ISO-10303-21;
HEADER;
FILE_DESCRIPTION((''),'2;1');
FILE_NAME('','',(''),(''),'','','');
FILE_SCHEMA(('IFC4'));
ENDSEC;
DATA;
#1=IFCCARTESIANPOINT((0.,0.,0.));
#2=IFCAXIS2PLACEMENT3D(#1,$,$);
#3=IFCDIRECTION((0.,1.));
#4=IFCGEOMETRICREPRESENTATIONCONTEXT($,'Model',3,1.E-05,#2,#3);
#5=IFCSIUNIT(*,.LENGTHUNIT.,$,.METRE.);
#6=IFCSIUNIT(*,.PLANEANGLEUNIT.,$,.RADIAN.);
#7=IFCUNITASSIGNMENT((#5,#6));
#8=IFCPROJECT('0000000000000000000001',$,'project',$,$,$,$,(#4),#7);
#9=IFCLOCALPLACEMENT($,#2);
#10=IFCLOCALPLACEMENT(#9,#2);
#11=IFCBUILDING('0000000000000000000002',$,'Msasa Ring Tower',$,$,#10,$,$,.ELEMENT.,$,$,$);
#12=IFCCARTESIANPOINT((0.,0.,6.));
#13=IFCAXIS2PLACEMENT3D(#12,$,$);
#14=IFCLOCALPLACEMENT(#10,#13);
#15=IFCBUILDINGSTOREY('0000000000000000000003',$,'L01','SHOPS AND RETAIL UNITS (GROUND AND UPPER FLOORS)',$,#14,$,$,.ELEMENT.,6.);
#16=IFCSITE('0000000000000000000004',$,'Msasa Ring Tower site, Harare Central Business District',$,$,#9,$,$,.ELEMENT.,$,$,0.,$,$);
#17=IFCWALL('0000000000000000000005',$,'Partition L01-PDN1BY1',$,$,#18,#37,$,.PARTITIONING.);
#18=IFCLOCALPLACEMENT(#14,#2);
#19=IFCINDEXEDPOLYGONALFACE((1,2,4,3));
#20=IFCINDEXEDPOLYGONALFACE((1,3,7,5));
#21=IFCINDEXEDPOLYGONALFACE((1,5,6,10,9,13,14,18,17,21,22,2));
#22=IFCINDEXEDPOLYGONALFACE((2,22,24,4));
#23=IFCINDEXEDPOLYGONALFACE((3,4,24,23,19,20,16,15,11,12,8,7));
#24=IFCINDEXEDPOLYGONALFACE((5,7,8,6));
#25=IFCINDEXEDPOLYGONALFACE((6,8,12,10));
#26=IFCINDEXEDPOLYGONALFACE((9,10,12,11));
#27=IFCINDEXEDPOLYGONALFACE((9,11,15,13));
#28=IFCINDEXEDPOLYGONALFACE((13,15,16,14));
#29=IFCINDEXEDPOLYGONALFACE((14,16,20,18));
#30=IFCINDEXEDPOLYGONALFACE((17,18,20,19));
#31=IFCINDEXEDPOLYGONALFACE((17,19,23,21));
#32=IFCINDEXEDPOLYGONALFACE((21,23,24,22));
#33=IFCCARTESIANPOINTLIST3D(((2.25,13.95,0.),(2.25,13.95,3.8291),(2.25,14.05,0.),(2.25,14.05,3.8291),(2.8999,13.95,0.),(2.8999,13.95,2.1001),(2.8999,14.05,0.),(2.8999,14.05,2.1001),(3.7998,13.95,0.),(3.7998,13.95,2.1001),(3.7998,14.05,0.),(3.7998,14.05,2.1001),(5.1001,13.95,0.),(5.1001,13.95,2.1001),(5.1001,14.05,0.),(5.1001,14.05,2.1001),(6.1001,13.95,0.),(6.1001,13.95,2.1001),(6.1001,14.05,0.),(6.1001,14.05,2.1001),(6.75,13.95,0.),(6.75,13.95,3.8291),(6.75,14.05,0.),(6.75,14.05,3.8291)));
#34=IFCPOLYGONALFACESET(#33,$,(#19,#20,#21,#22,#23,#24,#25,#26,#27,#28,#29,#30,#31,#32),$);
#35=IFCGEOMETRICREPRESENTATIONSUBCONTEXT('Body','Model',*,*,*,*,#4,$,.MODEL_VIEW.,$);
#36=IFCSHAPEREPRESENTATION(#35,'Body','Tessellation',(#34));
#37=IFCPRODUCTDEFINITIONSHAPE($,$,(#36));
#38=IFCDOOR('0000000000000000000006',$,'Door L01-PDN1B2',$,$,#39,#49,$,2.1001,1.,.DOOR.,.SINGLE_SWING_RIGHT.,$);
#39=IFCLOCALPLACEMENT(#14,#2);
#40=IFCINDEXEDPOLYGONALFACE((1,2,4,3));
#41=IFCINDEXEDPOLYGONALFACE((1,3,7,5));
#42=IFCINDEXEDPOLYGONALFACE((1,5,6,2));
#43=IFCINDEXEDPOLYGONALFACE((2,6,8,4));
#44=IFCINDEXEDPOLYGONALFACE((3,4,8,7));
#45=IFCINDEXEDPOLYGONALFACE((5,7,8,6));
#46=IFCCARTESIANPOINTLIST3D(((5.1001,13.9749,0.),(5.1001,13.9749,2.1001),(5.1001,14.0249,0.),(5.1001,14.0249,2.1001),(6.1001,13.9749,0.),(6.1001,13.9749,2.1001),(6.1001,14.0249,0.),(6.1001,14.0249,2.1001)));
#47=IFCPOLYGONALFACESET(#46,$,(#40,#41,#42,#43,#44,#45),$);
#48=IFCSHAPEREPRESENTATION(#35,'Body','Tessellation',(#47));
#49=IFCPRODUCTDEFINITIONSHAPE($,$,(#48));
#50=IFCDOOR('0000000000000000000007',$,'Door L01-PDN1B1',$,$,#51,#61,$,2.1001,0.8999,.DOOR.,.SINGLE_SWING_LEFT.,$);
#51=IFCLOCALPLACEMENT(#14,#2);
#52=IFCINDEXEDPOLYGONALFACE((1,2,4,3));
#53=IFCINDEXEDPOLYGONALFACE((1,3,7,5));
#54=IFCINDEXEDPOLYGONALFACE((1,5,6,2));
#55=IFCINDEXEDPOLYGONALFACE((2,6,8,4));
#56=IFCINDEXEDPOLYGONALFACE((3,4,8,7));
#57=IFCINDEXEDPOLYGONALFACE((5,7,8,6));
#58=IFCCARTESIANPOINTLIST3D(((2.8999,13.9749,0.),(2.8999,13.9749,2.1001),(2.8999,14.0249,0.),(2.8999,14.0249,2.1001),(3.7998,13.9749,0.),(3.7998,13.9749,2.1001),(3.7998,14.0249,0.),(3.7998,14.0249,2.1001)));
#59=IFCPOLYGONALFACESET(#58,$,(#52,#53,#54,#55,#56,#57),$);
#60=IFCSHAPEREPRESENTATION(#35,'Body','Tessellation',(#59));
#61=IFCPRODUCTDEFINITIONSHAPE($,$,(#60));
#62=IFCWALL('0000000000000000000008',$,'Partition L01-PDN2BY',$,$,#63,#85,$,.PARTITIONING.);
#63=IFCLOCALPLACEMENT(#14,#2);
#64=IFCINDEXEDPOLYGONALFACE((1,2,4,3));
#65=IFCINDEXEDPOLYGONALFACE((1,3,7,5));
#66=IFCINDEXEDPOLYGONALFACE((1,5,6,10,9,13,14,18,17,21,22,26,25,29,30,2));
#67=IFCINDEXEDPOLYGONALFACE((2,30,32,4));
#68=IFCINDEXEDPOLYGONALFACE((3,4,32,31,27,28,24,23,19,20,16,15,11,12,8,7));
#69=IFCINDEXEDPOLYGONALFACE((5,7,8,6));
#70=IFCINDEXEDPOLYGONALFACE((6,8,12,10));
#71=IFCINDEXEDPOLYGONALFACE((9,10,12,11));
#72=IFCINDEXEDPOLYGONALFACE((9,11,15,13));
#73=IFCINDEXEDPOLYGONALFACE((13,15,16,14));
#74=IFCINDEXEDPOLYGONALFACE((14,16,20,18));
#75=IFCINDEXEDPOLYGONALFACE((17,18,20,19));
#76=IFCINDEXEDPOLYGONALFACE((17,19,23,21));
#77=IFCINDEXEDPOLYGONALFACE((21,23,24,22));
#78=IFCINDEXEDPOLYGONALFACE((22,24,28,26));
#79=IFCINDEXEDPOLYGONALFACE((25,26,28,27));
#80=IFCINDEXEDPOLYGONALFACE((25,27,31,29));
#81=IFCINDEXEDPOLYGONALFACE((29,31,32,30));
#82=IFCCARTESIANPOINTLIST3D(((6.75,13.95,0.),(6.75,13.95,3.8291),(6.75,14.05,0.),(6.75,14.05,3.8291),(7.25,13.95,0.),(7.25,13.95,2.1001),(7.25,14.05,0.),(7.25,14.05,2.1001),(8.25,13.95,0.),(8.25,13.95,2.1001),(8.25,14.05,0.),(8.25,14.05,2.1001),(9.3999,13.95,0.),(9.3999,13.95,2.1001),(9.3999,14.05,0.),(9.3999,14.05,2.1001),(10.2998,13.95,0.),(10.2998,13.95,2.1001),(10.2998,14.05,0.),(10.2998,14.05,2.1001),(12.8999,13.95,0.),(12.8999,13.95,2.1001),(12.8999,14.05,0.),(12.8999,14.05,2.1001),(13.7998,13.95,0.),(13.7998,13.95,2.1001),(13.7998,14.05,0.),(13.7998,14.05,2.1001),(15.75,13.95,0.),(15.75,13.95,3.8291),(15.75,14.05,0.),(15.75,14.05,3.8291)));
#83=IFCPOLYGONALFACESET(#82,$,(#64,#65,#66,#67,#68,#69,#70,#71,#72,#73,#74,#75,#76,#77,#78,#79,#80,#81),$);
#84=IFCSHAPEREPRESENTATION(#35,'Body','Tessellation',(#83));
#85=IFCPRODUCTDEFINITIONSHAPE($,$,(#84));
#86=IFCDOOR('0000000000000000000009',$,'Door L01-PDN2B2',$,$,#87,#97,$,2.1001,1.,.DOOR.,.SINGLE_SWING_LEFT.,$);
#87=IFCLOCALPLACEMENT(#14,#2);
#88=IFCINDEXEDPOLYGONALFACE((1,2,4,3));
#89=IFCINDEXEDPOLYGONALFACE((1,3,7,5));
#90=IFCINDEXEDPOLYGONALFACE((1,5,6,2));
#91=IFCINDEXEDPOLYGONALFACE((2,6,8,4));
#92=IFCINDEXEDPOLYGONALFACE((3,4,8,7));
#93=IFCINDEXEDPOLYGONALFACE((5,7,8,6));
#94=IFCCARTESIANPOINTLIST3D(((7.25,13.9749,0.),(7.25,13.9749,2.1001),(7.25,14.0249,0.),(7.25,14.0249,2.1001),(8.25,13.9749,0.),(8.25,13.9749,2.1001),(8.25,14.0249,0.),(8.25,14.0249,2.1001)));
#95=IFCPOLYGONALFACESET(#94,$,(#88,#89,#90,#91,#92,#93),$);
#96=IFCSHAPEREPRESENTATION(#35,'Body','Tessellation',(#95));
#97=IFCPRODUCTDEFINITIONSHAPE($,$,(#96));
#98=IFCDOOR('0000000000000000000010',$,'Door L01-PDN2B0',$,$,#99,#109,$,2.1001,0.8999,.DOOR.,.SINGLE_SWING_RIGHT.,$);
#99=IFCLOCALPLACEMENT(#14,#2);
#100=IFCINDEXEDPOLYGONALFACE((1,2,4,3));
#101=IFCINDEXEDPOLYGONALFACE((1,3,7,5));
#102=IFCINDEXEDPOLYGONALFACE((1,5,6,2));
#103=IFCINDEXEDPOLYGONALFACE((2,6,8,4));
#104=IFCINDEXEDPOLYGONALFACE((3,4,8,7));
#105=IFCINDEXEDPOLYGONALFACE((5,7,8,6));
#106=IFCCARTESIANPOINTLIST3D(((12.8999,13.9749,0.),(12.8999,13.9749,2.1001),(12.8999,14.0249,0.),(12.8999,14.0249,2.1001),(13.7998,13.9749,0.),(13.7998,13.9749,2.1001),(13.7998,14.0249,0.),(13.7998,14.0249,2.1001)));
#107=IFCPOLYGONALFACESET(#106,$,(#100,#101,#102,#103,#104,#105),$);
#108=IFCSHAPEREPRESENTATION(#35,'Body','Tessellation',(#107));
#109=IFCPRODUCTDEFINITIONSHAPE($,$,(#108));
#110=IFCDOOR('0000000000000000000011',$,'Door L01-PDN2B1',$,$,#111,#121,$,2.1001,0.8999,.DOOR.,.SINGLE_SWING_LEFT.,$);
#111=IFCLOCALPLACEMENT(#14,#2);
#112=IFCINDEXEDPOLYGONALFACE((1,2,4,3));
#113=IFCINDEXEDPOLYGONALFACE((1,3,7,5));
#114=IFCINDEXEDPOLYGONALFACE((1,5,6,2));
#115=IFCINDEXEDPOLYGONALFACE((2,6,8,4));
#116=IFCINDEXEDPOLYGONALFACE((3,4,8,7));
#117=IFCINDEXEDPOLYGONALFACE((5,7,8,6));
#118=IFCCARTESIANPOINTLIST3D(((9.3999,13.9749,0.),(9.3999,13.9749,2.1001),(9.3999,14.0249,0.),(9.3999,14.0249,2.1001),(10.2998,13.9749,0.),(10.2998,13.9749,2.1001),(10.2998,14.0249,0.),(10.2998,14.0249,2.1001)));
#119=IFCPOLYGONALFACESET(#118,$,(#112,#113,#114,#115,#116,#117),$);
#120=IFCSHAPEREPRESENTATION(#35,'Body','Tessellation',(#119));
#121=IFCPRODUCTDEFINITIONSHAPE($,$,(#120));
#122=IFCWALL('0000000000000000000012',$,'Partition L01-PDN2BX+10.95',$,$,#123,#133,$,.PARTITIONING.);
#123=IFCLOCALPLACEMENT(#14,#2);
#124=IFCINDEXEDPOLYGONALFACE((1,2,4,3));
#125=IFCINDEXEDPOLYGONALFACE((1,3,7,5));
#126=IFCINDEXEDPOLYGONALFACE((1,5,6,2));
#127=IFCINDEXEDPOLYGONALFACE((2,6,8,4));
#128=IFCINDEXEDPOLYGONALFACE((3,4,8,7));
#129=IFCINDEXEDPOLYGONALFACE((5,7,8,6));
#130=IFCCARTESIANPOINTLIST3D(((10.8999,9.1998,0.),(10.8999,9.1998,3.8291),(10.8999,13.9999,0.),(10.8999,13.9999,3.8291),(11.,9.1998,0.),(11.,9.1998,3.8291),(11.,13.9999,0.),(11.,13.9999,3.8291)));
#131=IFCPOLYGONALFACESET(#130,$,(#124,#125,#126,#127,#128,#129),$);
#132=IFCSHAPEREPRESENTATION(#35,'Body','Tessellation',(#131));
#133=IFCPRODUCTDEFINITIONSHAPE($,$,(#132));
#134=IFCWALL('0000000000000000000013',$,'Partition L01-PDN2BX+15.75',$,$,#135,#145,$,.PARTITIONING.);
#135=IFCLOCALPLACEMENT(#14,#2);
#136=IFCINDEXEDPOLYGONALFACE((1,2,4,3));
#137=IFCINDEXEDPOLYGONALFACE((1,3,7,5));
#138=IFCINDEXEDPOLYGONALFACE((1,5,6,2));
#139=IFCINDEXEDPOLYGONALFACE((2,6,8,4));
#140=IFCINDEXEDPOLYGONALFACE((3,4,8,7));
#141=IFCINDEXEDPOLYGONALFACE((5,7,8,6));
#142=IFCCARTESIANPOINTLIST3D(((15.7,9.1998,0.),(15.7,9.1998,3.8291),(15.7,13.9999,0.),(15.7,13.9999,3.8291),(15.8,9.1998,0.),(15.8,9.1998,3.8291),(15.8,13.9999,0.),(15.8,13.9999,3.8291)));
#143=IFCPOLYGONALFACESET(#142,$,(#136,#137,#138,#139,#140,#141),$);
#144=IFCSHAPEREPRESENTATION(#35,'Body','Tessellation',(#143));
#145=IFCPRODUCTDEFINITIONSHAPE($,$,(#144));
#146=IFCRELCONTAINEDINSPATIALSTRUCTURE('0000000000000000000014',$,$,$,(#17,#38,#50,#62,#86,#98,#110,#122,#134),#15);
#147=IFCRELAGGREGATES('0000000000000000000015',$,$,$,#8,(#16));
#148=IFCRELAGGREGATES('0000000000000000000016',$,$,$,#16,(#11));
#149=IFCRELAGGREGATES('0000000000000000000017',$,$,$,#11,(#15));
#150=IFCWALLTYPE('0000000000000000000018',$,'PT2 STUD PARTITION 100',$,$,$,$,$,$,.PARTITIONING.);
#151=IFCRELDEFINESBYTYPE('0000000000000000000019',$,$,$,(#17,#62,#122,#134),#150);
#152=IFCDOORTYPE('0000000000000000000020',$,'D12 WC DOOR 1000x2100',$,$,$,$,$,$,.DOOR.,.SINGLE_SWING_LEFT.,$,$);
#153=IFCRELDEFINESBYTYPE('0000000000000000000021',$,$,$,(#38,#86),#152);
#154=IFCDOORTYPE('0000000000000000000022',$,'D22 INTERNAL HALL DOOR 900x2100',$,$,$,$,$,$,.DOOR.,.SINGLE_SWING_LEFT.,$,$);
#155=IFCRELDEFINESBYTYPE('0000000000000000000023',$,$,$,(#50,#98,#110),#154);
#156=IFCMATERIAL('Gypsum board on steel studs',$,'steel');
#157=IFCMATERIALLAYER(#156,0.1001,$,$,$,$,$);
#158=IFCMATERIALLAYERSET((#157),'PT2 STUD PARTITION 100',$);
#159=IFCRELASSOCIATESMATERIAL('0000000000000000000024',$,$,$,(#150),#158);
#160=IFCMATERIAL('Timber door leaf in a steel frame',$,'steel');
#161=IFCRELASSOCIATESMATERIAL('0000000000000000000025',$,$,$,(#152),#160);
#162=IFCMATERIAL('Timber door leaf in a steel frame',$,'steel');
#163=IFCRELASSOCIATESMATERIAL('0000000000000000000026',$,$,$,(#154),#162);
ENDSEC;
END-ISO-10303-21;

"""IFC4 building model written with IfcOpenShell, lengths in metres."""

from ifc_helpers import new_model, si_unit, direction, frame, frame_2d, origin, place, context, subcontext, project, spatial, rectangle, extrude, material, layer, layer_set, type_object, element, fill, save


model = new_model("IFC4")

# Units and contexts
model_context = context("Model", 3, precision=1e-05, world=origin(), true_north=direction((0.0, 1.0)))
body_context = subcontext(model_context, "Body", "Model", "MODEL_VIEW")
ifc_project = project(units=[si_unit("LENGTHUNIT", "METRE"), si_unit("PLANEANGLEUNIT", "RADIAN")], contexts=[model_context])

# Site, building, storey
site_placement = place(None, origin())
site = spatial("IfcSite", under=ifc_project, at=site_placement, Name="Msasa Ring Tower site, Harare Central Business District", CompositionType="ELEMENT", RefElevation=0.0)
building_placement = place(site_placement, origin())
building = spatial("IfcBuilding", under=site, at=building_placement, Name="Msasa Ring Tower", CompositionType="ELEMENT")
storey_placement = place(building_placement, frame((0.0, 0.0, 6.0)))
storey = spatial("IfcBuildingStorey", under=building, at=storey_placement, Name="L01", Description="SHOPS AND RETAIL UNITS (GROUND AND UPPER FLOORS)", CompositionType="ELEMENT", Elevation=6.0)

# Walls, openings, doors
ifc_material_1 = material(Name="Gypsum board on steel studs", Category="steel")
ifc_layer = layer(ifc_material_1, 0.1001)
ifc_layer_set = layer_set([ifc_layer], Name="PT2 STUD PARTITION 100")
wall_type = type_object("IfcWallType", Name="PT2 STUD PARTITION 100", PredefinedType="PARTITIONING", material=ifc_layer_set)
wall_1_placement = place(storey_placement, frame((2.25, 14.0, 0.0), z_axis=(0.0, 0.0, 1.0), x_axis=(1.0, 0.0, 0.0)))
wall_1 = element("IfcWall", 1, at=wall_1_placement, inside=storey, type_object=wall_type, Name="Partition L01-PDN1BY1", PredefinedType="PARTITIONING", context=body_context, shape_type="SweptSolid", body=[
    extrude(rectangle(XDim=4.5, YDim=0.1001, at=frame_2d((2.25, 0.0))), origin(), (0.0, 0.0, 1.0), 3.8291),
])
opening_1_placement = place(wall_1_placement, frame((0.6499, 0.0, 0.0)))
opening_1 = element("IfcOpeningElement", 2, at=opening_1_placement, cuts=wall_1, PredefinedType="OPENING", context=body_context, shape_type="SweptSolid", body=[
    extrude(rectangle(XDim=0.8999, YDim=2.1001, at=frame_2d((0.45, 1.05))), frame((0.0, 0.0601, 0.0), z_axis=(0.0, -1.0, 0.0), x_axis=(1.0, 0.0, 0.0)), (0.0, 0.0, 1.0), 0.1201),
])
opening_2_placement = place(wall_1_placement, frame((2.8501, 0.0, 0.0)))
opening_2 = element("IfcOpeningElement", 3, at=opening_2_placement, cuts=wall_1, PredefinedType="OPENING", context=body_context, shape_type="SweptSolid", body=[
    extrude(rectangle(XDim=1.0, YDim=2.1001, at=frame_2d((0.5, 1.05))), frame((0.0, 0.0601, 0.0), z_axis=(0.0, -1.0, 0.0), x_axis=(1.0, 0.0, 0.0)), (0.0, 0.0, 1.0), 0.1201),
])
ifc_material_2 = material(Name="Timber door leaf in a steel frame", Category="steel")
door_type_1 = type_object("IfcDoorType", Name="D12 WC DOOR 1000x2100", OperationType="SINGLE_SWING_LEFT", PredefinedType="DOOR", material=ifc_material_2)
door_1_placement = place(opening_2_placement, origin())
door_1 = element("IfcDoor", 4, at=door_1_placement, inside=storey, type_object=door_type_1, Name="Door L01-PDN1B2", OperationType="SINGLE_SWING_RIGHT", OverallHeight=2.1001, OverallWidth=1.0, PredefinedType="DOOR", context=body_context, shape_type="SweptSolid", body=[
    extrude(rectangle(XDim=1.0, YDim=2.1001, at=frame_2d((0.5, 1.05))), frame((0.0, 0.0249, 0.0), z_axis=(0.0, -1.0, 0.0), x_axis=(1.0, 0.0, 0.0)), (0.0, 0.0, 1.0), 0.05),
])
fill(opening_2, door_1)
ifc_material_3 = material(Name="Timber door leaf in a steel frame", Category="steel")
door_type_2 = type_object("IfcDoorType", Name="D22 INTERNAL HALL DOOR 900x2100", OperationType="SINGLE_SWING_LEFT", PredefinedType="DOOR", material=ifc_material_3)
door_2_placement = place(opening_1_placement, origin())
door_2 = element("IfcDoor", 5, at=door_2_placement, inside=storey, type_object=door_type_2, Name="Door L01-PDN1B1", OperationType="SINGLE_SWING_LEFT", OverallHeight=2.1001, OverallWidth=0.8999, PredefinedType="DOOR", context=body_context, shape_type="SweptSolid", body=[
    extrude(rectangle(XDim=0.8999, YDim=2.1001, at=frame_2d((0.45, 1.05))), frame((0.0, 0.0249, 0.0), z_axis=(0.0, -1.0, 0.0), x_axis=(1.0, 0.0, 0.0)), (0.0, 0.0, 1.0), 0.05),
])
fill(opening_1, door_2)
wall_2_placement = place(storey_placement, frame((6.75, 14.0, 0.0), z_axis=(0.0, 0.0, 1.0), x_axis=(1.0, 0.0, 0.0)))
wall_2 = element("IfcWall", 6, at=wall_2_placement, inside=storey, type_object=wall_type, Name="Partition L01-PDN2BY", PredefinedType="PARTITIONING", context=body_context, shape_type="SweptSolid", body=[
    extrude(rectangle(XDim=9.0, YDim=0.1001, at=frame_2d((4.5, 0.0))), origin(), (0.0, 0.0, 1.0), 3.8291),
])
opening_3_placement = place(wall_2_placement, frame((6.1499, 0.0, 0.0)))
opening_3 = element("IfcOpeningElement", 7, at=opening_3_placement, cuts=wall_2, PredefinedType="OPENING", context=body_context, shape_type="SweptSolid", body=[
    extrude(rectangle(XDim=0.8999, YDim=2.1001, at=frame_2d((0.45, 1.05))), frame((0.0, 0.0601, 0.0), z_axis=(0.0, -1.0, 0.0), x_axis=(1.0, 0.0, 0.0)), (0.0, 0.0, 1.0), 0.1201),
])
opening_4_placement = place(wall_2_placement, frame((2.6499, 0.0, 0.0)))
opening_4 = element("IfcOpeningElement", 8, at=opening_4_placement, cuts=wall_2, PredefinedType="OPENING", context=body_context, shape_type="SweptSolid", body=[
    extrude(rectangle(XDim=0.8999, YDim=2.1001, at=frame_2d((0.45, 1.05))), frame((0.0, 0.0601, 0.0), z_axis=(0.0, -1.0, 0.0), x_axis=(1.0, 0.0, 0.0)), (0.0, 0.0, 1.0), 0.1201),
])
opening_5_placement = place(wall_2_placement, frame((0.5, 0.0, 0.0)))
opening_5 = element("IfcOpeningElement", 9, at=opening_5_placement, cuts=wall_2, PredefinedType="OPENING", context=body_context, shape_type="SweptSolid", body=[
    extrude(rectangle(XDim=1.0, YDim=2.1001, at=frame_2d((0.5, 1.05))), frame((0.0, 0.0601, 0.0), z_axis=(0.0, -1.0, 0.0), x_axis=(1.0, 0.0, 0.0)), (0.0, 0.0, 1.0), 0.1201),
])
door_3_placement = place(opening_5_placement, origin())
door_3 = element("IfcDoor", 10, at=door_3_placement, inside=storey, type_object=door_type_1, Name="Door L01-PDN2B2", OperationType="SINGLE_SWING_LEFT", OverallHeight=2.1001, OverallWidth=1.0, PredefinedType="DOOR", context=body_context, shape_type="SweptSolid", body=[
    extrude(rectangle(XDim=1.0, YDim=2.1001, at=frame_2d((0.5, 1.05))), frame((0.0, 0.0249, 0.0), z_axis=(0.0, -1.0, 0.0), x_axis=(1.0, 0.0, 0.0)), (0.0, 0.0, 1.0), 0.05),
])
fill(opening_5, door_3)
door_4_placement = place(opening_3_placement, origin())
door_4 = element("IfcDoor", 11, at=door_4_placement, inside=storey, type_object=door_type_2, Name="Door L01-PDN2B0", OperationType="SINGLE_SWING_RIGHT", OverallHeight=2.1001, OverallWidth=0.8999, PredefinedType="DOOR", context=body_context, shape_type="SweptSolid", body=[
    extrude(rectangle(XDim=0.8999, YDim=2.1001, at=frame_2d((0.45, 1.05))), frame((0.0, 0.0249, 0.0), z_axis=(0.0, -1.0, 0.0), x_axis=(1.0, 0.0, 0.0)), (0.0, 0.0, 1.0), 0.05),
])
fill(opening_3, door_4)
door_5_placement = place(opening_4_placement, origin())
door_5 = element("IfcDoor", 12, at=door_5_placement, inside=storey, type_object=door_type_2, Name="Door L01-PDN2B1", OperationType="SINGLE_SWING_LEFT", OverallHeight=2.1001, OverallWidth=0.8999, PredefinedType="DOOR", context=body_context, shape_type="SweptSolid", body=[
    extrude(rectangle(XDim=0.8999, YDim=2.1001, at=frame_2d((0.45, 1.05))), frame((0.0, 0.0249, 0.0), z_axis=(0.0, -1.0, 0.0), x_axis=(1.0, 0.0, 0.0)), (0.0, 0.0, 1.0), 0.05),
])
fill(opening_4, door_5)

# Walls
for number, where, z_axis, x_axis, name in (
    (13, (10.95, 9.2, 0.0), (0.0, 0.0, 1.0), (0.0, 1.0, 0.0), "Partition L01-PDN2BX+10.95"),
    (14, (15.75, 9.2, 0.0), (0.0, 0.0, 1.0), (0.0, 1.0, 0.0), "Partition L01-PDN2BX+15.75"),
):
    element("IfcWall", number, at=place(storey_placement, frame(where, z_axis=z_axis, x_axis=x_axis)), inside=storey, type_object=wall_type, Name=name, PredefinedType="PARTITIONING", context=body_context, shape_type="SweptSolid", body=[
        extrude(rectangle(XDim=4.8, YDim=0.1001, at=frame_2d((2.3999, 0.0))), origin(), (0.0, 0.0, 1.0), 3.8291),
    ])

save(model, "model.ifc")
